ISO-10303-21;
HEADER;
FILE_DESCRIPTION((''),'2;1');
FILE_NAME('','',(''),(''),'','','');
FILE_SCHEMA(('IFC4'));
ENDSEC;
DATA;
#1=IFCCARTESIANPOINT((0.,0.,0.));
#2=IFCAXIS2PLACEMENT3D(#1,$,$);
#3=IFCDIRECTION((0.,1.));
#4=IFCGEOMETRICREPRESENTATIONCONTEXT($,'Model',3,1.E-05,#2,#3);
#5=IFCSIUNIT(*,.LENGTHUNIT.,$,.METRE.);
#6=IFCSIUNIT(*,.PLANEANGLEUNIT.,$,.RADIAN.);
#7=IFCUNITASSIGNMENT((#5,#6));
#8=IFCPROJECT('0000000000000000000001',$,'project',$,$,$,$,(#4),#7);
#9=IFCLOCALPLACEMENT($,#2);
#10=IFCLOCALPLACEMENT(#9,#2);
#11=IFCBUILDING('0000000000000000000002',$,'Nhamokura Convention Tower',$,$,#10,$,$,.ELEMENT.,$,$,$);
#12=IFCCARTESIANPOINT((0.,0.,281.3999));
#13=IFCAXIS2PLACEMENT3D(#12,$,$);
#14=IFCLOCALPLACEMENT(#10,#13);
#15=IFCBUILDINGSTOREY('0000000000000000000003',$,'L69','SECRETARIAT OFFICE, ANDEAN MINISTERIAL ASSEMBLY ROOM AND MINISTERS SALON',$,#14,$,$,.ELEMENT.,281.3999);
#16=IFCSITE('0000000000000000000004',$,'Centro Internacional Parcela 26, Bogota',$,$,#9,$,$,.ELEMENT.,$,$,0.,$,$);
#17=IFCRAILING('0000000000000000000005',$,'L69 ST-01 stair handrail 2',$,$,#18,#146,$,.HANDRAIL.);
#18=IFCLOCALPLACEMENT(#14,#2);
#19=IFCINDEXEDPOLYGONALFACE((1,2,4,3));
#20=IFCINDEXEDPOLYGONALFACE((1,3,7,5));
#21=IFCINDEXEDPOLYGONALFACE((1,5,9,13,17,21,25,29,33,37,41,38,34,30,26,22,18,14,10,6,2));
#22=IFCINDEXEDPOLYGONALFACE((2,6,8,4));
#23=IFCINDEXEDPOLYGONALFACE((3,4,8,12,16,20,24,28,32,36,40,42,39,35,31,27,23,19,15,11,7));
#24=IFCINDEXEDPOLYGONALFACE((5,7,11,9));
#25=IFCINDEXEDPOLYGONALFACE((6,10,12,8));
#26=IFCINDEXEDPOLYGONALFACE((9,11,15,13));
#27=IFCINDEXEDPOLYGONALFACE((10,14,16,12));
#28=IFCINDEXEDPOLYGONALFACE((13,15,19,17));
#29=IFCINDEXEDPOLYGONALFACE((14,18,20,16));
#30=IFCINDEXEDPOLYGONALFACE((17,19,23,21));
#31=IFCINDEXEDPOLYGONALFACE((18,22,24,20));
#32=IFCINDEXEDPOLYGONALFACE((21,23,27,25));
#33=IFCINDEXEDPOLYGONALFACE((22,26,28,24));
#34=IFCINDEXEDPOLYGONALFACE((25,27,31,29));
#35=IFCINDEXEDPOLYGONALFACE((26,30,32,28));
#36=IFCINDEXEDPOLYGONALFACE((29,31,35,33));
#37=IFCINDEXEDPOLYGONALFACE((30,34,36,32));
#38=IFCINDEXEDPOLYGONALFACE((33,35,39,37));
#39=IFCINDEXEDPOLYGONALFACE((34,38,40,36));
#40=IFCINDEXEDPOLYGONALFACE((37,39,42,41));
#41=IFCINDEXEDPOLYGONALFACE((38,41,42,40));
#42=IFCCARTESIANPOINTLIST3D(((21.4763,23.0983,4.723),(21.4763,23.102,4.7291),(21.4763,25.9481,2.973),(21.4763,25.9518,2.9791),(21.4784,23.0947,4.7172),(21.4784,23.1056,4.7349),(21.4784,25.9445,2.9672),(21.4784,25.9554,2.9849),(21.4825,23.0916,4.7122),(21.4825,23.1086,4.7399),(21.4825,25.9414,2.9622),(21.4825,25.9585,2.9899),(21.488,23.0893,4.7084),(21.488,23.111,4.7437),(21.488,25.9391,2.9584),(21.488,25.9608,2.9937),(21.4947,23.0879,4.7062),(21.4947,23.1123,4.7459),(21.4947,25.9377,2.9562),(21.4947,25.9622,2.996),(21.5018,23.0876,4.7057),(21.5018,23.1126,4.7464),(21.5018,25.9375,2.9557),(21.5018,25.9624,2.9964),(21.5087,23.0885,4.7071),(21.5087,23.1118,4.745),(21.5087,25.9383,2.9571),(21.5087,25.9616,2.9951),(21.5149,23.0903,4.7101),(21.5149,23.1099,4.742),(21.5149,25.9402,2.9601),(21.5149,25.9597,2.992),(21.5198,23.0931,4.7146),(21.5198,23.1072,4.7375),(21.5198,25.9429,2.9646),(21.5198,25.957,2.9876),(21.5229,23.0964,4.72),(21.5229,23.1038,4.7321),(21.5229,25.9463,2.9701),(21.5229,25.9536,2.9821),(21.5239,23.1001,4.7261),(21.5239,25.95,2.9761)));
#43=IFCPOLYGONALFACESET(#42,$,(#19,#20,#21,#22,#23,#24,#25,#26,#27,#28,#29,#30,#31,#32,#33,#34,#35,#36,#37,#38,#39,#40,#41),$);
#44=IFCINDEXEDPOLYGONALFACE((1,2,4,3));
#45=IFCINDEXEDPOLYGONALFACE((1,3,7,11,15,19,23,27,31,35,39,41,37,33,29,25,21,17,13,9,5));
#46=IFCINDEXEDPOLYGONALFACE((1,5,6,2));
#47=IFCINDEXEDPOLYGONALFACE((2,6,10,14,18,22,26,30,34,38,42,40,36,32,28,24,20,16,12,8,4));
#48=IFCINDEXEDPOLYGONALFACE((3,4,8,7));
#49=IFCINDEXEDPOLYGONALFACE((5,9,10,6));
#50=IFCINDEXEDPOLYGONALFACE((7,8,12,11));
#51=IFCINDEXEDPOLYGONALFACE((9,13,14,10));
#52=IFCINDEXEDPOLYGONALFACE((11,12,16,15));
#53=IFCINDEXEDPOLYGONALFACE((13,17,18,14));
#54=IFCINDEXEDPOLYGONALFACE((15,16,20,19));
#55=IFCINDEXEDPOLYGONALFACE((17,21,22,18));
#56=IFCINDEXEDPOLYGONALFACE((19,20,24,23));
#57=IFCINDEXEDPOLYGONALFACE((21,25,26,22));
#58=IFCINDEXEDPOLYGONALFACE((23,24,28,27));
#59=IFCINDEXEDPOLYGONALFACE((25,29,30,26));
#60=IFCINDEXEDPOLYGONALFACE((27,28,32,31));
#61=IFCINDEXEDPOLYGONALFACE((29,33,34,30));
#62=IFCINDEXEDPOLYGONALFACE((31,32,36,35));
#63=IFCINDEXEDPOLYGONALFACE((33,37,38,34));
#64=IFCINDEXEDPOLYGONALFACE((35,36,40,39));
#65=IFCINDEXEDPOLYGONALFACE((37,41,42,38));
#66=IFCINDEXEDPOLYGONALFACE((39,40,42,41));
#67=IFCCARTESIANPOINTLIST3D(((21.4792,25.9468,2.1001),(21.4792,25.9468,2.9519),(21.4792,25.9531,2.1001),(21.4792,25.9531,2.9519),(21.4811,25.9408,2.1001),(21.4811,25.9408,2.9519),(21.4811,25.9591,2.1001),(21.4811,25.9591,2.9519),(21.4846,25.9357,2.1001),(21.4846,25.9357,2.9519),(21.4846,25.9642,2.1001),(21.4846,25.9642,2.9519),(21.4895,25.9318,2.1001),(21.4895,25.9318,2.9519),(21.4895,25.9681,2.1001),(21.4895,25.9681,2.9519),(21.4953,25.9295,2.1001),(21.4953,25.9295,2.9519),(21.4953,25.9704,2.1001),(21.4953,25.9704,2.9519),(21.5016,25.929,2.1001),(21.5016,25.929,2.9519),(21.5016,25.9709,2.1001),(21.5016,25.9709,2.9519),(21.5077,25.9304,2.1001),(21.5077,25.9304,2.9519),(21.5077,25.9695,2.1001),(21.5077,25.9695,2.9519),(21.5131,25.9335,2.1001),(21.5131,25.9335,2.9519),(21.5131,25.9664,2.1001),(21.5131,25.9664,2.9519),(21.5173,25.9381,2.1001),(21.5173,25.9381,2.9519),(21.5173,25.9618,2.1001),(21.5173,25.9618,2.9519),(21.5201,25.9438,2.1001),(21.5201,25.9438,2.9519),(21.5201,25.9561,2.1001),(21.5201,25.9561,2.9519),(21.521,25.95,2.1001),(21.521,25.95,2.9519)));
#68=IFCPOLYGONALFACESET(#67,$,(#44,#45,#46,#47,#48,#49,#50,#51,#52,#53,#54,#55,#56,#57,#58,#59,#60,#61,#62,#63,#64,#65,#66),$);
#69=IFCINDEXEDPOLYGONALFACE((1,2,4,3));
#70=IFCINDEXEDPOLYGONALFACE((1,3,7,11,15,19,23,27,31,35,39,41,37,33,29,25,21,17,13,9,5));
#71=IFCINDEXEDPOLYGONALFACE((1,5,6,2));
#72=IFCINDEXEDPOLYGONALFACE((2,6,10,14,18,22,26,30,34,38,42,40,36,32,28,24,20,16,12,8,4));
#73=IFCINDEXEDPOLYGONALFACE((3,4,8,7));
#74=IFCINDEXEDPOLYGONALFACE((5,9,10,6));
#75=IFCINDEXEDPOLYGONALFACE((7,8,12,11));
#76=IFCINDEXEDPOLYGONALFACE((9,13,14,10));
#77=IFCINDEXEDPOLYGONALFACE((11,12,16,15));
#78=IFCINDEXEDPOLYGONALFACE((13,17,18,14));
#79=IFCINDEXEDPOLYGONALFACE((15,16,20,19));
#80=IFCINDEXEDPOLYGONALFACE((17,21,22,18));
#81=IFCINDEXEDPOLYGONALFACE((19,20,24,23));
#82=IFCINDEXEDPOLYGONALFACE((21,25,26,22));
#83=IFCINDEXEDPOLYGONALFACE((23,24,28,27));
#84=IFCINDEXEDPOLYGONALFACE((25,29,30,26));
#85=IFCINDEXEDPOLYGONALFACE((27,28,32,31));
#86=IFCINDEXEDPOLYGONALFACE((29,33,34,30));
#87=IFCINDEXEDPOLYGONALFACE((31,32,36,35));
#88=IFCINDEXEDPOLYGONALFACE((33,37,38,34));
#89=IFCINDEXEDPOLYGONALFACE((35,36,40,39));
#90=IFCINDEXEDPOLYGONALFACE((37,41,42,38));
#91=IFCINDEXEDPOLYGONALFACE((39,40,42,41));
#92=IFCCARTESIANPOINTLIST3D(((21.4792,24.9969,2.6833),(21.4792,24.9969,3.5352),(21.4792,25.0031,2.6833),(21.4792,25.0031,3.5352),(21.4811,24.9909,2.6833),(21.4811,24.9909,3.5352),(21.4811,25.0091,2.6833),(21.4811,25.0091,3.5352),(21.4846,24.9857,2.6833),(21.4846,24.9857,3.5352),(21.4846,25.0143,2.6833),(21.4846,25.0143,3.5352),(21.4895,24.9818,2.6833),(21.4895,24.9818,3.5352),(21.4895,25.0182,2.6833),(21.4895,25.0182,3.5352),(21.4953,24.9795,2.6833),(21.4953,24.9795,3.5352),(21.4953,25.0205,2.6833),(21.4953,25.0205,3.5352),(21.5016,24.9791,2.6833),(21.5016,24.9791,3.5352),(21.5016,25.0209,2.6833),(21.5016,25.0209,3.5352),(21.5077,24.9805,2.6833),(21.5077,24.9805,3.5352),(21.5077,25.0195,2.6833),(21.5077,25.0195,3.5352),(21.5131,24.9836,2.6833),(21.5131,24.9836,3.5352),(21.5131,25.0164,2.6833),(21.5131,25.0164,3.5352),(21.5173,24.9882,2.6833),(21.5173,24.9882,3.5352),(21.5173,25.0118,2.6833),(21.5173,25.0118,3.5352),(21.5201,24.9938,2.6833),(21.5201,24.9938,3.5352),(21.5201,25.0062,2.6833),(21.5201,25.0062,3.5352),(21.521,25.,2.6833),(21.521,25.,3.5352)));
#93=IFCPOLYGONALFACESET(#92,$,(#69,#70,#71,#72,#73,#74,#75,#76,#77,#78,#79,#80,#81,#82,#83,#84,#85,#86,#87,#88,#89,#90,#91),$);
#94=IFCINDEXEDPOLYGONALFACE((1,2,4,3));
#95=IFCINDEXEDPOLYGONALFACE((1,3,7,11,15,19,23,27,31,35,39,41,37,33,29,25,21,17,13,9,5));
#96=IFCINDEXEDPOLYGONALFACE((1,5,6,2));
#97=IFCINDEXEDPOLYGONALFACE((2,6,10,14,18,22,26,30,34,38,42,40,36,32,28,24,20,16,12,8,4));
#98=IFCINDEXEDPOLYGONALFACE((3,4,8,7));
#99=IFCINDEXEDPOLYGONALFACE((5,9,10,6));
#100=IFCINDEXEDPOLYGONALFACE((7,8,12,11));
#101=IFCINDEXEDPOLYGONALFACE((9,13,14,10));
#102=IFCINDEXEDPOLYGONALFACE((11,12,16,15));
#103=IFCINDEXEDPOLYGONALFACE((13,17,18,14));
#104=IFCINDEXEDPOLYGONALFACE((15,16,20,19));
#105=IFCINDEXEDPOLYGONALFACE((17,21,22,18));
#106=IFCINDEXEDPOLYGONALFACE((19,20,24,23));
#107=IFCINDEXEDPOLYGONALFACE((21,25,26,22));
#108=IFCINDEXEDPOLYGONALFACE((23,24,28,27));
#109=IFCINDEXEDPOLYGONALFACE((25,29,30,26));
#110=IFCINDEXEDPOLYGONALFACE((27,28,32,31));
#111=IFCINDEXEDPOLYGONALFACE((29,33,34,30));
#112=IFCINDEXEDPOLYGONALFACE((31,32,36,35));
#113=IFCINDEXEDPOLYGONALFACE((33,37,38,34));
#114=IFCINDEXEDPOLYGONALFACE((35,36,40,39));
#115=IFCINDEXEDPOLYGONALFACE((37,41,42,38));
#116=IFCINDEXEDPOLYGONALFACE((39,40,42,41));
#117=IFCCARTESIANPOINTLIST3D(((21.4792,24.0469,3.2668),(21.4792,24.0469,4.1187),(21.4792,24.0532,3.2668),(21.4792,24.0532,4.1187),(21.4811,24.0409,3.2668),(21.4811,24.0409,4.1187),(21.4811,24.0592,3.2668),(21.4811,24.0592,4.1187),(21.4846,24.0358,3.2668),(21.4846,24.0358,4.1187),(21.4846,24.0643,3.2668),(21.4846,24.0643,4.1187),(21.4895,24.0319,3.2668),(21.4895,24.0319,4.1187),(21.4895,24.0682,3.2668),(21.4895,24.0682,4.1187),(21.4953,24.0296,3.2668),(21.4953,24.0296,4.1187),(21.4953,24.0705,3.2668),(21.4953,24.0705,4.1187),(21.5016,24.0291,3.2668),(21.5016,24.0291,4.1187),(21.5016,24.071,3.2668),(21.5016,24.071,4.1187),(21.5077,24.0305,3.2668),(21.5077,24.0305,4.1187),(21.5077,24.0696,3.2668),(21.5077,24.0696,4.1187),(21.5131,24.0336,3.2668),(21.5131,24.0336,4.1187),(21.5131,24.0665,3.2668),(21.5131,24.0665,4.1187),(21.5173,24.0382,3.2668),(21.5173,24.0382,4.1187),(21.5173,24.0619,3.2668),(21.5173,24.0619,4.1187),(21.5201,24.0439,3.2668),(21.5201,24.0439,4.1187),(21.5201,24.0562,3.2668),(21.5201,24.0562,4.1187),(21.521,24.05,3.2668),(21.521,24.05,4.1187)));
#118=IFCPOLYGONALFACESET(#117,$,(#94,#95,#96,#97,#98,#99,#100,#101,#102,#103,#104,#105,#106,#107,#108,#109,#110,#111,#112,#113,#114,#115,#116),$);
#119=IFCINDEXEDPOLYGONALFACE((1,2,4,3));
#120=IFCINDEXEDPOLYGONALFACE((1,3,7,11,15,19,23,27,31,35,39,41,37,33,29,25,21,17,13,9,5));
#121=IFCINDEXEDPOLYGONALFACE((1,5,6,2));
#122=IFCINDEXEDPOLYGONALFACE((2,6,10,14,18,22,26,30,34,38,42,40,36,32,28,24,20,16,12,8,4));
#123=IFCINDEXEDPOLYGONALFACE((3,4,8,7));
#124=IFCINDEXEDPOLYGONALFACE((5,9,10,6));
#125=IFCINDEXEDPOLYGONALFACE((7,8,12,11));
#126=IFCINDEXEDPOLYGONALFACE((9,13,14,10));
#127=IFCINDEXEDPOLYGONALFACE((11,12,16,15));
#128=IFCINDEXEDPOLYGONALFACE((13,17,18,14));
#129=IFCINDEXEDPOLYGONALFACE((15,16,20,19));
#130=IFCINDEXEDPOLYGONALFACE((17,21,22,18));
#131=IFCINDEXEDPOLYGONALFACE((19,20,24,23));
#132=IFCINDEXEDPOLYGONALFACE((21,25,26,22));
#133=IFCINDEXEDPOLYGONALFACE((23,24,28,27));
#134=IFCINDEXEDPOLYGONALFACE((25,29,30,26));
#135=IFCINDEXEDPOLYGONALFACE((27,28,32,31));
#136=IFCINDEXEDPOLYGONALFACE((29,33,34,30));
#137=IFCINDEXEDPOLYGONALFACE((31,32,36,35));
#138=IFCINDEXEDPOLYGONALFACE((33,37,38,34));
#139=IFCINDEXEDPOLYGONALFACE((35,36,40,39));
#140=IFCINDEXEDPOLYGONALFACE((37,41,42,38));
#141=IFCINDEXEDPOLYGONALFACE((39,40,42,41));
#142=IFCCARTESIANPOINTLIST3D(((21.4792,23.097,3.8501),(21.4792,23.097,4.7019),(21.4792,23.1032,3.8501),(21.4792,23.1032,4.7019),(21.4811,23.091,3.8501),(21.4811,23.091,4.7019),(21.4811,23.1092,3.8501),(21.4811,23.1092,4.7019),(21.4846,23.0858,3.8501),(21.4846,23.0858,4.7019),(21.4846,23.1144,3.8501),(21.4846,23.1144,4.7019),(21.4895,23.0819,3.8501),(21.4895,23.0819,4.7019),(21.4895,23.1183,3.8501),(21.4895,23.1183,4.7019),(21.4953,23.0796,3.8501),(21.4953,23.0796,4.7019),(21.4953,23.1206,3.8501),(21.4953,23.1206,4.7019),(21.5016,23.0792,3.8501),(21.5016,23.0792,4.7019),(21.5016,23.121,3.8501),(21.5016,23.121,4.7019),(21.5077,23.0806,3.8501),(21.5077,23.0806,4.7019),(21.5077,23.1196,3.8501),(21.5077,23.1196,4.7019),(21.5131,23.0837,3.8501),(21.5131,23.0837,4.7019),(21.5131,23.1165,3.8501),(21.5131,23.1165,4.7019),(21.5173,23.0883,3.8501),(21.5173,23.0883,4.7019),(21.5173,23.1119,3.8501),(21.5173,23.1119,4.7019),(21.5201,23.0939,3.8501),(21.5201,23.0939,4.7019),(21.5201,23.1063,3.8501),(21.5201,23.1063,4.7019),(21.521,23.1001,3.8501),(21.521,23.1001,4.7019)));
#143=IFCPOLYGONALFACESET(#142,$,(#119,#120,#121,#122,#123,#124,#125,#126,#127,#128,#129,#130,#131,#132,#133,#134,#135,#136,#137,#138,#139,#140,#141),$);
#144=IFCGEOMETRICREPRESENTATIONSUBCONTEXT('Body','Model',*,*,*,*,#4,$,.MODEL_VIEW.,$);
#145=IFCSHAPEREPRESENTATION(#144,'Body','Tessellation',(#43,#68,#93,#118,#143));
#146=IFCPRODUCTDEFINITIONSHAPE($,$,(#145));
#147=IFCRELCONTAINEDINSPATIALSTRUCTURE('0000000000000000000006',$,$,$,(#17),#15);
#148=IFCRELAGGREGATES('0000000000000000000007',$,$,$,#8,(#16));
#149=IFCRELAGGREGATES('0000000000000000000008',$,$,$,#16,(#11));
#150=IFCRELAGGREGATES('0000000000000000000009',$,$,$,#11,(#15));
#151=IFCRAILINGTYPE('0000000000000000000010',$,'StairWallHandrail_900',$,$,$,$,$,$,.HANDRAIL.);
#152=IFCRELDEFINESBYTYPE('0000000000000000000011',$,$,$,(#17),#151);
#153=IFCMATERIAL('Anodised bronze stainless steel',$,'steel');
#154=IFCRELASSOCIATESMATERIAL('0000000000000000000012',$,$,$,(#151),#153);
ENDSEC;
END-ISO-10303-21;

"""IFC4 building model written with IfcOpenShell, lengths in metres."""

from ifc_helpers import new_model, si_unit, direction, frame, origin, origin_2d, place, context, subcontext, project, spatial, circle, extrude, material, type_object, element, save


model = new_model("IFC4")

# Units and contexts
model_context = context("Model", 3, precision=1e-05, world=origin(), true_north=direction((0.0, 1.0)))
body_context = subcontext(model_context, "Body", "Model", "MODEL_VIEW")
ifc_project = project(units=[si_unit("LENGTHUNIT", "METRE"), si_unit("PLANEANGLEUNIT", "RADIAN")], contexts=[model_context])

# Site, building, storey
site_placement = place(None, origin())
site = spatial("IfcSite", under=ifc_project, at=site_placement, Name="Centro Internacional Parcela 26, Bogota", CompositionType="ELEMENT", RefElevation=0.0)
building_placement = place(site_placement, origin())
building = spatial("IfcBuilding", under=site, at=building_placement, Name="Nhamokura Convention Tower", CompositionType="ELEMENT")
storey_placement = place(building_placement, frame((0.0, 0.0, 281.3999)))
storey = spatial("IfcBuildingStorey", under=building, at=storey_placement, Name="L69", Description="SECRETARIAT OFFICE, ANDEAN MINISTERIAL ASSEMBLY ROOM AND MINISTERS SALON", CompositionType="ELEMENT", Elevation=281.3999)

# Railing
ifc_material_1 = material(Name="Anodised bronze stainless steel", Category="steel")
railing_type_1 = type_object("IfcRailingType", Name="StairWallHandrail_900", PredefinedType="HANDRAIL", material=ifc_material_1)
railing_1_placement = place(storey_placement, frame((21.5, 25.95, 2.1001)))
element("IfcRailing", 1, at=railing_1_placement, inside=storey, type_object=railing_type_1, Name="L69 ST-01 stair handrail 2", PredefinedType="HANDRAIL", context=body_context, shape_type="SweptSolid", body=[
    extrude(circle(Radius=0.0239, at=origin_2d()), frame((0.0, 0.0, 0.876), z_axis=(0.0, -0.852159, 0.523283), x_axis=(1.0, 0.0, 0.0)), (0.0, 0.0, 1.0), 3.3442),
    extrude(circle(Radius=0.021, at=origin_2d()), origin(), (0.0, 0.0, 1.0), 0.8518),
    extrude(circle(Radius=0.021, at=origin_2d()), frame((0.0, -0.95, 0.5833)), (0.0, 0.0, 1.0), 0.8518),
    extrude(circle(Radius=0.021, at=origin_2d()), frame((0.0, -1.8999, 1.1667)), (0.0, 0.0, 1.0), 0.8518),
    extrude(circle(Radius=0.021, at=origin_2d()), frame((0.0, -2.8499, 1.75)), (0.0, 0.0, 1.0), 0.8518),
])

save(model, "model.ifc")
